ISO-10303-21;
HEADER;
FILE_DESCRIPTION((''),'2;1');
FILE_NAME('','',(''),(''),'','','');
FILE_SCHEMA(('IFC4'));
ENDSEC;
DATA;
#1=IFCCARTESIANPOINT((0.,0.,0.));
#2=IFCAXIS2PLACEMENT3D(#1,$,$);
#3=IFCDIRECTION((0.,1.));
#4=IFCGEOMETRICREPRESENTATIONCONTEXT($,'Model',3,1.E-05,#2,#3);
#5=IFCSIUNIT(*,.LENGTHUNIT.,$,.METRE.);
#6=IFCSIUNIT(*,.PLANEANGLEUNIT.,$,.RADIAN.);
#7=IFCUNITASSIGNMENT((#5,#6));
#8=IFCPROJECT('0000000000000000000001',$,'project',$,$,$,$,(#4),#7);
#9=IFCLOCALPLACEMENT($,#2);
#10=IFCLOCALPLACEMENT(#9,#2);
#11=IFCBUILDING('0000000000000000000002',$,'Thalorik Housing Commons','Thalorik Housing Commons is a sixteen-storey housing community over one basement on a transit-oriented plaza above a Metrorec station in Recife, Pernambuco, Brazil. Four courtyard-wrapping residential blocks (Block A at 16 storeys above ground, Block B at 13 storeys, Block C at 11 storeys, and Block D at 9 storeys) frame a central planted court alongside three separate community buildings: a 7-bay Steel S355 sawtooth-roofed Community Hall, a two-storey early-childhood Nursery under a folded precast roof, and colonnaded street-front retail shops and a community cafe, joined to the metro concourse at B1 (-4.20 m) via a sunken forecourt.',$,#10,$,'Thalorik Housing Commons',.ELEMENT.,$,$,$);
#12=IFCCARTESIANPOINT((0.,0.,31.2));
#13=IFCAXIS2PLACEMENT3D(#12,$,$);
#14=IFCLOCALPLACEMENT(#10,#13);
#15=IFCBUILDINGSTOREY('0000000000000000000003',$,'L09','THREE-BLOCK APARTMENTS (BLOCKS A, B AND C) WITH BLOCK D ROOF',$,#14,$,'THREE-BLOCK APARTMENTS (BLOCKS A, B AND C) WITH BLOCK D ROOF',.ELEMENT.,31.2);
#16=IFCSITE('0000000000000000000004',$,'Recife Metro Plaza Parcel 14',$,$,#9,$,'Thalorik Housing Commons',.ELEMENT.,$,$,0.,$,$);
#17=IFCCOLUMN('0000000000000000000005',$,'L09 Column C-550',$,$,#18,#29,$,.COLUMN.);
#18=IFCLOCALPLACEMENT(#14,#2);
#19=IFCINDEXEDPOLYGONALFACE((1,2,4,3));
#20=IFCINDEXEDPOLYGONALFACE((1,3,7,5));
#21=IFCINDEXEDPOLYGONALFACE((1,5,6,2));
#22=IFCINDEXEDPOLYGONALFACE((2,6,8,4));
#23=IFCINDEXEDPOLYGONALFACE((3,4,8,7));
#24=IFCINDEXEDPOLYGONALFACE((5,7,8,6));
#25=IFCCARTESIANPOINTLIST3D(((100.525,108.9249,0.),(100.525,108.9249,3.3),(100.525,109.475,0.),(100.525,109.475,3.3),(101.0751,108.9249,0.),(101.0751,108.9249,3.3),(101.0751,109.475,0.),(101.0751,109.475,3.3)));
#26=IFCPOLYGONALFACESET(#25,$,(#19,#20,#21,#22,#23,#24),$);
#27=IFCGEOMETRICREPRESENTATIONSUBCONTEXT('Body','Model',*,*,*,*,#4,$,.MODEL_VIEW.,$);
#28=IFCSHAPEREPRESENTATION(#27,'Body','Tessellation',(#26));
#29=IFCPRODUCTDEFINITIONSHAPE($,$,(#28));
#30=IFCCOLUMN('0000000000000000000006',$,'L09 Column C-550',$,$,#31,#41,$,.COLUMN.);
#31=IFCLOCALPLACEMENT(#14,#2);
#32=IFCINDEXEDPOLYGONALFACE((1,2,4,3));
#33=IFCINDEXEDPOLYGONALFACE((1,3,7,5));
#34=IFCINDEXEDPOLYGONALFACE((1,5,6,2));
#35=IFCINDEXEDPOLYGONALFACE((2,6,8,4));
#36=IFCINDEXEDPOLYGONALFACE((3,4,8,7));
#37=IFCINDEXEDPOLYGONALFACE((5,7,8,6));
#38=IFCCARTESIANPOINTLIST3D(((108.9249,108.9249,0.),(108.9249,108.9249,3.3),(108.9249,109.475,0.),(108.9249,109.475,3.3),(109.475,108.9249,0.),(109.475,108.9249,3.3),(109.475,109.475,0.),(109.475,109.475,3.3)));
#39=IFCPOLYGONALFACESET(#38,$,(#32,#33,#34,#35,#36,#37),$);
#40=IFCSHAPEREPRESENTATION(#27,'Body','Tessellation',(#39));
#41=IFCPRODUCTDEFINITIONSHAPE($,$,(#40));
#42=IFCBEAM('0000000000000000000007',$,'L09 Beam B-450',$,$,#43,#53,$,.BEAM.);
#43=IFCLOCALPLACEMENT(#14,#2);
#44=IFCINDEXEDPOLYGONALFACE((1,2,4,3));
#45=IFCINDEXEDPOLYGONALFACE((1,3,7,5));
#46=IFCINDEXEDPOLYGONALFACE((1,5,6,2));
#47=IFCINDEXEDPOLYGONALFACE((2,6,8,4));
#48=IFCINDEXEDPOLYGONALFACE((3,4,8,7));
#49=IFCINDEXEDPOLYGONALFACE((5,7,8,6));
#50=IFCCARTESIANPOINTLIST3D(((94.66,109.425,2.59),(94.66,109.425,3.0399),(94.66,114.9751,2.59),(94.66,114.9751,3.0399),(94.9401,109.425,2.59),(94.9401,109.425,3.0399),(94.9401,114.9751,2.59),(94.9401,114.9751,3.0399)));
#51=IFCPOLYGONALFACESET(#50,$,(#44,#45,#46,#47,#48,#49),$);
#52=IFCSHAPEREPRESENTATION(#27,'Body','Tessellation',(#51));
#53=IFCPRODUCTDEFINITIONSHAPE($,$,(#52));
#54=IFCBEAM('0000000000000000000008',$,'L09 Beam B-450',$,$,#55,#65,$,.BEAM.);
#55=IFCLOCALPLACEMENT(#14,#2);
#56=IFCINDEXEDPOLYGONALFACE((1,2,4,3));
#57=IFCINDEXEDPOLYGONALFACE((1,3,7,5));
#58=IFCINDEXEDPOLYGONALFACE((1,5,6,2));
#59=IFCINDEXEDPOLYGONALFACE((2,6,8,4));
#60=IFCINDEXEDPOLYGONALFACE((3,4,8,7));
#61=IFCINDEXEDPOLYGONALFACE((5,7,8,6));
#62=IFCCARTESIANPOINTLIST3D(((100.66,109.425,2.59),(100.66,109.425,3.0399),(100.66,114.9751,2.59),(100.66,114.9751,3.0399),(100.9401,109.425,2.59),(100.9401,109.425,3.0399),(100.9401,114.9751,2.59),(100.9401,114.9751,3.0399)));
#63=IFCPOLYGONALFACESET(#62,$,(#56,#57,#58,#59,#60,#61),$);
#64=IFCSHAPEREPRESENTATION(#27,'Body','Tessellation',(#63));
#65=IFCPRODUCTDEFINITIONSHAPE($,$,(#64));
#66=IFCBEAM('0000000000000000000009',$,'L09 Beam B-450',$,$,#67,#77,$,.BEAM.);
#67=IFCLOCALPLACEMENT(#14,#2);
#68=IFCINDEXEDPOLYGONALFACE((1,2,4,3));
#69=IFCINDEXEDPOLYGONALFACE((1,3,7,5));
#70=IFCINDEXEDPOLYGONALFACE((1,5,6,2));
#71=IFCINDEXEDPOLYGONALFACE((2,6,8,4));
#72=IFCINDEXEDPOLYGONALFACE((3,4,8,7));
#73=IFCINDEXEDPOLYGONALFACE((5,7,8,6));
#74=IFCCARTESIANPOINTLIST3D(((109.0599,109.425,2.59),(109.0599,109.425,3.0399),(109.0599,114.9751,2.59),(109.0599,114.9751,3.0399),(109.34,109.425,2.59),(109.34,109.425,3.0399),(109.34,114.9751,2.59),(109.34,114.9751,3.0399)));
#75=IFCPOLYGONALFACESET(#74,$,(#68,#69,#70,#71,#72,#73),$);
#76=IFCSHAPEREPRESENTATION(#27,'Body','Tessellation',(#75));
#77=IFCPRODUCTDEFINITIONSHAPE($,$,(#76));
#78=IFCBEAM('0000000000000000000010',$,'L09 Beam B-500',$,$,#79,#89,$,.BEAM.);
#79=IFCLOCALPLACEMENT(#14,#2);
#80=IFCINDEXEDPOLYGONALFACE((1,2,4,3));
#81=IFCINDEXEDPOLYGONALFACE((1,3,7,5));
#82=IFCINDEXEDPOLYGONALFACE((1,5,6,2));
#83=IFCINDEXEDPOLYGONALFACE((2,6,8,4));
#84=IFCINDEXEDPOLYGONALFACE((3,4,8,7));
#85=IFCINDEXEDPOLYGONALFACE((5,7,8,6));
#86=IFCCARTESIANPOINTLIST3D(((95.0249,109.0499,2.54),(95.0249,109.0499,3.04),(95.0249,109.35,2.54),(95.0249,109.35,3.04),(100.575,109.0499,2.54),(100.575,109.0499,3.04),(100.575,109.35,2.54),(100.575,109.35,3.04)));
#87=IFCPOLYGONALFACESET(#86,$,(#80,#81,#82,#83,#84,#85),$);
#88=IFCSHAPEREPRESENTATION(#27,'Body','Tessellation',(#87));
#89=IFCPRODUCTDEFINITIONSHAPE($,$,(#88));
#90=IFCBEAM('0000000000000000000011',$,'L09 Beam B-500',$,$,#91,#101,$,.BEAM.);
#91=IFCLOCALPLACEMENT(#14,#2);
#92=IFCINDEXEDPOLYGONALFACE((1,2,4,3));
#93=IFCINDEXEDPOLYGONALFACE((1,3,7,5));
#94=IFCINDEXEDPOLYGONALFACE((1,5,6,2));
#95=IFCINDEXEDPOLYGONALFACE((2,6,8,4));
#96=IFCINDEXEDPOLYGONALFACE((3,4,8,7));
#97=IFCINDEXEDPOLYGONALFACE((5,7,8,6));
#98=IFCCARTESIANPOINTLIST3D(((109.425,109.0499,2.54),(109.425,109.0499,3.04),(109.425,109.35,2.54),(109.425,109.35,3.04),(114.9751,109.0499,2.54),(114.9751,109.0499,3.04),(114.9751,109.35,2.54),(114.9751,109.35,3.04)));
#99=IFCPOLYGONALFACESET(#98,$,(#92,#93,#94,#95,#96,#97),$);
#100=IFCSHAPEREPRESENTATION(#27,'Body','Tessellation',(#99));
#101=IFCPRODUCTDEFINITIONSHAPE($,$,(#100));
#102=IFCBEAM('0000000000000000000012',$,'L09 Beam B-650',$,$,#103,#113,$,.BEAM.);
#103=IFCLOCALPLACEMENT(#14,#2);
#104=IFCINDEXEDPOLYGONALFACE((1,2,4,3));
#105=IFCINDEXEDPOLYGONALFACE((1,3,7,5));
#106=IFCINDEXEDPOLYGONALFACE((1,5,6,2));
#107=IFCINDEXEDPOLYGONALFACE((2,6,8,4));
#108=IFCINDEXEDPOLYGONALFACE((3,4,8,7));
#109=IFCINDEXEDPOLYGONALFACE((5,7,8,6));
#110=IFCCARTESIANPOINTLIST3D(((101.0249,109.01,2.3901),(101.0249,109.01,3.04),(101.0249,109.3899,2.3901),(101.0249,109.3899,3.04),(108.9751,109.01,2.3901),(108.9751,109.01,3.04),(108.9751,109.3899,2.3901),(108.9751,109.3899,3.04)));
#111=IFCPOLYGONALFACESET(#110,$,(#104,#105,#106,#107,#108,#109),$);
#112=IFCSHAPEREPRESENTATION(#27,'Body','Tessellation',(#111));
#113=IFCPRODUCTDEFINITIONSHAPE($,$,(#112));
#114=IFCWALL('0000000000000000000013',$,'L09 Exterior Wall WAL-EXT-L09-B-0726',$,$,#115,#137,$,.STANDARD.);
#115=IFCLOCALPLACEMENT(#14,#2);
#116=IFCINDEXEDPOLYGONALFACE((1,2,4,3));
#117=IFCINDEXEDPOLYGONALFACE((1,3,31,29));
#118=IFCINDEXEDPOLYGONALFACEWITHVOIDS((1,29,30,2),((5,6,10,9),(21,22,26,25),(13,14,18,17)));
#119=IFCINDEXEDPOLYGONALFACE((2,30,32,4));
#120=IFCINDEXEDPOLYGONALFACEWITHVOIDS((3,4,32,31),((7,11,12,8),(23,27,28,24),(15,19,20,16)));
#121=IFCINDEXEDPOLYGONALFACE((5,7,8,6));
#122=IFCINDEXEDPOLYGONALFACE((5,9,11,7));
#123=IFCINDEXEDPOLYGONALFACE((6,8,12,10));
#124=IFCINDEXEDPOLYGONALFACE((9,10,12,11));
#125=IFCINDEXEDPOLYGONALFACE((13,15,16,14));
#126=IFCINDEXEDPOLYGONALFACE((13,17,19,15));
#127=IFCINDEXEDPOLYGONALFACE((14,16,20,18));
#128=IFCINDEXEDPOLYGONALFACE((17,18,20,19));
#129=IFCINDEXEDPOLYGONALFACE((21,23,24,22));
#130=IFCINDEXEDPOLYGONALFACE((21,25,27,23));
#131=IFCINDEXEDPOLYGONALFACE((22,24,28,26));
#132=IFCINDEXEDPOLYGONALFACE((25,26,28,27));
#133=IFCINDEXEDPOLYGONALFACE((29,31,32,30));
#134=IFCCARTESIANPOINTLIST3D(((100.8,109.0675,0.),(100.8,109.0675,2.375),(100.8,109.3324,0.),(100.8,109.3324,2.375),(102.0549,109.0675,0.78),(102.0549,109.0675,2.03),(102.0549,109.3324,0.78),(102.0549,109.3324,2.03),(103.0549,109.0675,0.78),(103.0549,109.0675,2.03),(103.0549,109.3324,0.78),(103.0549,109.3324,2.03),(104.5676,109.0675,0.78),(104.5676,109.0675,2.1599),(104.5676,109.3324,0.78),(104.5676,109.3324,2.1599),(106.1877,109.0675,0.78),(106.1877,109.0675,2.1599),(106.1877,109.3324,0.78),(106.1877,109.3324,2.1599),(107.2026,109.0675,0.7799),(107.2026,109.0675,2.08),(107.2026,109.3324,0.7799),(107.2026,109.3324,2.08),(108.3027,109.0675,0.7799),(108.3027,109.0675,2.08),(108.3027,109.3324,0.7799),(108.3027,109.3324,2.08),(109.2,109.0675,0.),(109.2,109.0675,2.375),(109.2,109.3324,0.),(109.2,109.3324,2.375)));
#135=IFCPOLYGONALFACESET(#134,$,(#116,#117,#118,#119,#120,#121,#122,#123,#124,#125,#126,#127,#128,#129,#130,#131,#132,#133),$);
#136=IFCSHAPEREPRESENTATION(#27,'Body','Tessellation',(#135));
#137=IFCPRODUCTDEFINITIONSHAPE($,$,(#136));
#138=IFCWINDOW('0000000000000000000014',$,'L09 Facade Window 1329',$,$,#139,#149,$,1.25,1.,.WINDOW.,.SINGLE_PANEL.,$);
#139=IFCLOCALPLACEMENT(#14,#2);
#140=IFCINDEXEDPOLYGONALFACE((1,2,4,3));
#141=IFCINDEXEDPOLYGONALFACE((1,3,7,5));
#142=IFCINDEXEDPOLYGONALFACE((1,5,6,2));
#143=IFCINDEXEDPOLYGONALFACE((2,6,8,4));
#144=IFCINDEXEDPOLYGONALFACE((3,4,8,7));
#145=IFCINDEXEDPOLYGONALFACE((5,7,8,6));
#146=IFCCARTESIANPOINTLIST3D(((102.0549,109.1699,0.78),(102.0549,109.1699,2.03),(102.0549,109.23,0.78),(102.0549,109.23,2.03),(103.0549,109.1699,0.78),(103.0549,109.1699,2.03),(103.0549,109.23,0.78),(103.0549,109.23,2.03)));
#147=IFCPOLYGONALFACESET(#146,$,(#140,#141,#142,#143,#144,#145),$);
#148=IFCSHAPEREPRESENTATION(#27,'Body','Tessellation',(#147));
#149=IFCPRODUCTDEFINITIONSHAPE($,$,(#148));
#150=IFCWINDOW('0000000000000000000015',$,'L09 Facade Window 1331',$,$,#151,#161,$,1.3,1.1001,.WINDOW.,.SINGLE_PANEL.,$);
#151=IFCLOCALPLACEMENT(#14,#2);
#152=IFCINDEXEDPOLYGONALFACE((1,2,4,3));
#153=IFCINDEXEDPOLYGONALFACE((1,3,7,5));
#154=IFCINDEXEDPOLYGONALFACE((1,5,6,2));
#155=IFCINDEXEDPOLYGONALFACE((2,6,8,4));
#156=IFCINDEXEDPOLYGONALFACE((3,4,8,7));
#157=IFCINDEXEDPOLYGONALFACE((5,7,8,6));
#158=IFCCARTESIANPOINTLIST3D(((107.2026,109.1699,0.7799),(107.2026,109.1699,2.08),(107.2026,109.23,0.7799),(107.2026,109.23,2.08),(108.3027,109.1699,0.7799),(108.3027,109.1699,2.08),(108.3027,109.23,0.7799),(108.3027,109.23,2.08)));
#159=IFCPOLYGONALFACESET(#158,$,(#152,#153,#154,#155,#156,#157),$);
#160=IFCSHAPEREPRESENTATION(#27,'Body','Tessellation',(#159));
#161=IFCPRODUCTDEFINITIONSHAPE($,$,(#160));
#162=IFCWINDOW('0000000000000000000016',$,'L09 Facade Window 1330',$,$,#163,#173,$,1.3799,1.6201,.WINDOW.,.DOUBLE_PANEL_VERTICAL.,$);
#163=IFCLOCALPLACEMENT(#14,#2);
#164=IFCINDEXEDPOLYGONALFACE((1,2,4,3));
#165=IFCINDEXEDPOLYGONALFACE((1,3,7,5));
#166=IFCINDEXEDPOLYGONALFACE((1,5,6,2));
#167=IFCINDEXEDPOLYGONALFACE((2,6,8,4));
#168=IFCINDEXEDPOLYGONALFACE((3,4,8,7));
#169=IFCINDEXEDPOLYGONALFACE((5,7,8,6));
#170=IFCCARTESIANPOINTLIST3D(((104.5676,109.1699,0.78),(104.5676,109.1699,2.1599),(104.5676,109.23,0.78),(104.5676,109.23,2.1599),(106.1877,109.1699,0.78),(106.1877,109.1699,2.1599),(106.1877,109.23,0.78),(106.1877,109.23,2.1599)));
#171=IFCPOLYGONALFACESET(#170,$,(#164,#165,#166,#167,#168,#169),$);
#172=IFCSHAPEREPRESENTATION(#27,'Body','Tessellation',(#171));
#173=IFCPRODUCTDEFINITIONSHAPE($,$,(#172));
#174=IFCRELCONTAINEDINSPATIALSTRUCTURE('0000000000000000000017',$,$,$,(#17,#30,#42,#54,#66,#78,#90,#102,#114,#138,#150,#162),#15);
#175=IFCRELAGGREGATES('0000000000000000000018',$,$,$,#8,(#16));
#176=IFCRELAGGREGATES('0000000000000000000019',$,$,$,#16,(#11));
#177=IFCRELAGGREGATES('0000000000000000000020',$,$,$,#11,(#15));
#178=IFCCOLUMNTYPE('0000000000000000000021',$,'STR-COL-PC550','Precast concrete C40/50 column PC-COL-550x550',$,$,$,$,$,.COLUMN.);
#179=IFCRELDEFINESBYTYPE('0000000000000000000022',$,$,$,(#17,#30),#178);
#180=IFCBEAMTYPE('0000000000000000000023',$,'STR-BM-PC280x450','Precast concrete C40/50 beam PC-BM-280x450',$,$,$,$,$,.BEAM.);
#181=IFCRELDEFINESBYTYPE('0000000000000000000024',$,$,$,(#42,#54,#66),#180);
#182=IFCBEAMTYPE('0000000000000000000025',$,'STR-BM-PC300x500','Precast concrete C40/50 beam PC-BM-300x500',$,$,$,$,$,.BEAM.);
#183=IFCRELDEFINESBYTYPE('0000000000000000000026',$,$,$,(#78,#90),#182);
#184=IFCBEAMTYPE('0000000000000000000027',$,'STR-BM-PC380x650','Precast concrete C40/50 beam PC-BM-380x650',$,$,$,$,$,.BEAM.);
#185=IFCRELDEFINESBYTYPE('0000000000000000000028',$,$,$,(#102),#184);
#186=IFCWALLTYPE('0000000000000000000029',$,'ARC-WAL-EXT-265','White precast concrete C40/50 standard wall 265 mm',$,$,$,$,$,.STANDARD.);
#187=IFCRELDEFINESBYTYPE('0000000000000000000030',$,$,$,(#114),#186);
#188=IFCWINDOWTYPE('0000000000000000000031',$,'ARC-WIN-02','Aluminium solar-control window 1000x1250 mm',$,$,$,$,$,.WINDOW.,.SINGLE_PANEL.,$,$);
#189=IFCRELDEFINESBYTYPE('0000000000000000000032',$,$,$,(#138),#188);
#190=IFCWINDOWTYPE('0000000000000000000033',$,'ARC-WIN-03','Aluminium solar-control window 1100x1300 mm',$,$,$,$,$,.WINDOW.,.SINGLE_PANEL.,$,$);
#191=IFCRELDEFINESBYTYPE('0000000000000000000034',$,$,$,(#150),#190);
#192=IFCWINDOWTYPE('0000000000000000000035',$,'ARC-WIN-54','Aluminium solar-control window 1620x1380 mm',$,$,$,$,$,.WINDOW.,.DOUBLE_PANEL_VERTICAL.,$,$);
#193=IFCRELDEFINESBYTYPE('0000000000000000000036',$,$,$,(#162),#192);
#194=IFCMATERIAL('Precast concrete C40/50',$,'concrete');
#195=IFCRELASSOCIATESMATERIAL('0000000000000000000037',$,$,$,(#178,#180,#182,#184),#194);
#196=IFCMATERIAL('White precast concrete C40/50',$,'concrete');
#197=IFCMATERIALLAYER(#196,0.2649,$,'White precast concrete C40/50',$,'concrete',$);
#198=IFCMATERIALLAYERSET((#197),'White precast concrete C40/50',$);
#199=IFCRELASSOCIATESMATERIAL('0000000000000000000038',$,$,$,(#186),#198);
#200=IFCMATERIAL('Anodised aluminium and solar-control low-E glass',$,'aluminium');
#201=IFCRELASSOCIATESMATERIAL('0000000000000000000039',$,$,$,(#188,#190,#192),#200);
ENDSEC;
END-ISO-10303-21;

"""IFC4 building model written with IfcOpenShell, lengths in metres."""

from ifc_helpers import new_model, si_unit, direction, frame, frame_2d, origin, origin_2d, place, context, subcontext, project, spatial, rectangle, extrude, material, layer, layer_set, material_profile, profile_set, type_object, element, fill, save


model = new_model("IFC4")

# Units and contexts
model_context = context("Model", 3, precision=1e-05, world=origin(), true_north=direction((0.0, 1.0)))
body_context = subcontext(model_context, "Body", "Model", "MODEL_VIEW")
ifc_project = project(units=[si_unit("LENGTHUNIT", "METRE"), si_unit("PLANEANGLEUNIT", "RADIAN")], contexts=[model_context])

# Site, building, storey
site_placement = place(None, origin())
site = spatial("IfcSite", under=ifc_project, at=site_placement, Name="Recife Metro Plaza Parcel 14", LongName="Thalorik Housing Commons", CompositionType="ELEMENT", RefElevation=0.0)
building_placement = place(site_placement, origin())
building = spatial("IfcBuilding", under=site, at=building_placement, Name="Thalorik Housing Commons", Description="Thalorik Housing Commons is a sixteen-storey housing community over one basement on a transit-oriented plaza above a Metrorec station in Recife, Pernambuco, Brazil. Four courtyard-wrapping residential blocks (Block A at 16 storeys above ground, Block B at 13 storeys, Block C at 11 storeys, and Block D at 9 storeys) frame a central planted court alongside three separate community buildings: a 7-bay Steel S355 sawtooth-roofed Community Hall, a two-storey early-childhood Nursery under a folded precast roof, and colonnaded street-front retail shops and a community cafe, joined to the metro concourse at B1 (-4.20 m) via a sunken forecourt.", LongName="Thalorik Housing Commons", CompositionType="ELEMENT")
storey_placement = place(building_placement, frame((0.0, 0.0, 31.2)))
storey = spatial("IfcBuildingStorey", under=building, at=storey_placement, Name="L09", Description="THREE-BLOCK APARTMENTS (BLOCKS A, B AND C) WITH BLOCK D ROOF", LongName="THREE-BLOCK APARTMENTS (BLOCKS A, B AND C) WITH BLOCK D ROOF", CompositionType="ELEMENT", Elevation=31.2)

# Columns
ifc_material_1 = material(Name="Precast concrete C40/50", Category="concrete")
ifc_material_profile_1 = material_profile(ifc_material_1, rectangle(XDim=0.55, YDim=0.55, at=origin_2d()), Name="PC 550x550", Category="concrete")
ifc_profile_set_1 = profile_set([ifc_material_profile_1], Name="Precast concrete C40/50")
column_type = type_object("IfcColumnType", Name="STR-COL-PC550", Description="Precast concrete C40/50 column PC-COL-550x550", PredefinedType="COLUMN", material=ifc_profile_set_1)
for number, where, z_axis, x_axis, name in (
    (1, (100.8, 109.2, 0.0), (0.0, 0.0, 1.0), (1.0, 0.0, 0.0), "L09 Column C-550"),
    (2, (109.2, 109.2, 0.0), (0.0, 0.0, 1.0), (1.0, 0.0, 0.0), "L09 Column C-550"),
):
    element("IfcColumn", number, at=place(storey_placement, frame(where, z_axis=z_axis, x_axis=x_axis)), inside=storey, type_object=column_type, Name=name, PredefinedType="COLUMN", context=body_context, shape_type="SweptSolid", body=[
        extrude(rectangle(XDim=0.55, YDim=0.55, at=origin_2d()), origin(), (0.0, 0.0, 1.0), 3.3),
    ])

# Beams
ifc_material_profile_2 = material_profile(ifc_material_1, rectangle(XDim=0.28, YDim=0.45, at=origin_2d()), Name="PC 280x450", Category="concrete")
ifc_profile_set_2 = profile_set([ifc_material_profile_2], Name="Precast concrete C40/50")
beam_type_1 = type_object("IfcBeamType", Name="STR-BM-PC280x450", Description="Precast concrete C40/50 beam PC-BM-280x450", PredefinedType="BEAM", material=ifc_profile_set_2)
for number, where, z_axis, x_axis, name in (
    (3, (94.8, 109.425, 2.8149), (0.0, 1.0, 0.0), (-1.0, 0.0, 0.0), "L09 Beam B-450"),
    (4, (100.8, 109.425, 2.8149), (0.0, 1.0, 0.0), (-1.0, 0.0, 0.0), "L09 Beam B-450"),
    (5, (109.2, 109.425, 2.8149), (0.0, 1.0, 0.0), (-1.0, 0.0, 0.0), "L09 Beam B-450"),
):
    element("IfcBeam", number, at=place(storey_placement, frame(where, z_axis=z_axis, x_axis=x_axis)), inside=storey, type_object=beam_type_1, Name=name, PredefinedType="BEAM", context=body_context, shape_type="SweptSolid", body=[
        extrude(rectangle(XDim=0.28, YDim=0.45, at=origin_2d()), origin(), (0.0, 0.0, 1.0), 5.55),
    ])
ifc_material_profile_3 = material_profile(ifc_material_1, rectangle(XDim=0.3, YDim=0.5, at=origin_2d()), Name="PC 300x500", Category="concrete")
ifc_profile_set_3 = profile_set([ifc_material_profile_3], Name="Precast concrete C40/50")
beam_type_2 = type_object("IfcBeamType", Name="STR-BM-PC300x500", Description="Precast concrete C40/50 beam PC-BM-300x500", PredefinedType="BEAM", material=ifc_profile_set_3)
for number, where, z_axis, x_axis, name in (
    (6, (95.0249, 109.2, 2.79), (1.0, 0.0, 0.0), (0.0, 1.0, 0.0), "L09 Beam B-500"),
    (7, (109.425, 109.2, 2.79), (1.0, 0.0, 0.0), (0.0, 1.0, 0.0), "L09 Beam B-500"),
):
    element("IfcBeam", number, at=place(storey_placement, frame(where, z_axis=z_axis, x_axis=x_axis)), inside=storey, type_object=beam_type_2, Name=name, PredefinedType="BEAM", context=body_context, shape_type="SweptSolid", body=[
        extrude(rectangle(XDim=0.3, YDim=0.5, at=origin_2d()), origin(), (0.0, 0.0, 1.0), 5.55),
    ])
ifc_material_profile_4 = material_profile(ifc_material_1, rectangle(XDim=0.3799, YDim=0.6499, at=origin_2d()), Name="PC 380x650", Category="concrete")
ifc_profile_set_4 = profile_set([ifc_material_profile_4], Name="Precast concrete C40/50")
beam_type_3 = type_object("IfcBeamType", Name="STR-BM-PC380x650", Description="Precast concrete C40/50 beam PC-BM-380x650", PredefinedType="BEAM", material=ifc_profile_set_4)
beam_placement = place(storey_placement, frame((101.0249, 109.2, 2.7151), z_axis=(1.0, 0.0, 0.0), x_axis=(0.0, 1.0, 0.0)))
element("IfcBeam", 8, at=beam_placement, inside=storey, type_object=beam_type_3, Name="L09 Beam B-650", PredefinedType="BEAM", context=body_context, shape_type="SweptSolid", body=[
    extrude(rectangle(XDim=0.3799, YDim=0.6499, at=origin_2d()), origin(), (0.0, 0.0, 1.0), 7.9502),
])

# Wall, openings, windows
ifc_material_2 = material(Name="White precast concrete C40/50", Category="concrete")
ifc_layer_1 = layer(ifc_material_2, 0.2649, Name="White precast concrete C40/50", Category="concrete")
ifc_layer_set_1 = layer_set([ifc_layer_1], Name="White precast concrete C40/50")
wall_type_1 = type_object("IfcWallType", Name="ARC-WAL-EXT-265", Description="White precast concrete C40/50 standard wall 265 mm", PredefinedType="STANDARD", material=ifc_layer_set_1)
wall_1_placement = place(storey_placement, frame((100.8, 109.2, 0.0), z_axis=(0.0, 0.0, 1.0), x_axis=(1.0, 0.0, 0.0)))
wall_1 = element("IfcWall", 9, at=wall_1_placement, inside=storey, type_object=wall_type_1, Name="L09 Exterior Wall WAL-EXT-L09-B-0726", PredefinedType="STANDARD", context=body_context, shape_type="SweptSolid", body=[
    extrude(rectangle(XDim=8.3999, YDim=0.2649, at=frame_2d((4.2, 0.0))), origin(), (0.0, 0.0, 1.0), 2.375),
])
opening_1_placement = place(wall_1_placement, frame((1.2549, 0.0, 0.78)))
opening_1 = element("IfcOpeningElement", 10, at=opening_1_placement, cuts=wall_1, PredefinedType="OPENING", context=body_context, shape_type="SweptSolid", body=[
    extrude(rectangle(XDim=1.0, YDim=1.25, at=frame_2d((0.5, 0.625))), frame((0.0, 0.1426, 0.0), z_axis=(0.0, -1.0, 0.0), x_axis=(1.0, 0.0, 0.0)), (0.0, 0.0, 1.0), 0.2849),
])
opening_2_placement = place(wall_1_placement, frame((3.7676, 0.0, 0.78)))
opening_2 = element("IfcOpeningElement", 11, at=opening_2_placement, cuts=wall_1, PredefinedType="OPENING", context=body_context, shape_type="SweptSolid", body=[
    extrude(rectangle(XDim=1.6201, YDim=1.3799, at=frame_2d((0.8101, 0.6899))), frame((0.0, 0.1426, 0.0), z_axis=(0.0, -1.0, 0.0), x_axis=(1.0, 0.0, 0.0)), (0.0, 0.0, 1.0), 0.2849),
])
opening_3_placement = place(wall_1_placement, frame((6.4026, 0.0, 0.78)))
opening_3 = element("IfcOpeningElement", 12, at=opening_3_placement, cuts=wall_1, PredefinedType="OPENING", context=body_context, shape_type="SweptSolid", body=[
    extrude(rectangle(XDim=1.1001, YDim=1.3, at=frame_2d((0.55, 0.6499))), frame((0.0, 0.1426, 0.0), z_axis=(0.0, -1.0, 0.0), x_axis=(1.0, 0.0, 0.0)), (0.0, 0.0, 1.0), 0.2849),
])
ifc_material_3 = material(Name="Anodised aluminium and solar-control low-E glass", Category="aluminium")
window_type_1 = type_object("IfcWindowType", Name="ARC-WIN-02", Description="Aluminium solar-control window 1000x1250 mm", PartitioningType="SINGLE_PANEL", PredefinedType="WINDOW", material=ifc_material_3)
window_1_placement = place(opening_1_placement, origin())
window_1 = element("IfcWindow", 13, at=window_1_placement, inside=storey, type_object=window_type_1, Name="L09 Facade Window 1329", OverallHeight=1.25, OverallWidth=1.0, PartitioningType="SINGLE_PANEL", PredefinedType="WINDOW", context=body_context, shape_type="SweptSolid", body=[
    extrude(rectangle(XDim=1.0, YDim=1.25, at=frame_2d((0.5, 0.625))), frame((0.0, 0.03, 0.0), z_axis=(0.0, -1.0, 0.0), x_axis=(1.0, 0.0, 0.0)), (0.0, 0.0, 1.0), 0.0601),
])
fill(opening_1, window_1)
window_type_2 = type_object("IfcWindowType", Name="ARC-WIN-03", Description="Aluminium solar-control window 1100x1300 mm", PartitioningType="SINGLE_PANEL", PredefinedType="WINDOW", material=ifc_material_3)
window_2_placement = place(opening_3_placement, origin())
window_2 = element("IfcWindow", 14, at=window_2_placement, inside=storey, type_object=window_type_2, Name="L09 Facade Window 1331", OverallHeight=1.3, OverallWidth=1.1001, PartitioningType="SINGLE_PANEL", PredefinedType="WINDOW", context=body_context, shape_type="SweptSolid", body=[
    extrude(rectangle(XDim=1.1001, YDim=1.3, at=frame_2d((0.55, 0.6499))), frame((0.0, 0.03, 0.0), z_axis=(0.0, -1.0, 0.0), x_axis=(1.0, 0.0, 0.0)), (0.0, 0.0, 1.0), 0.0601),
])
fill(opening_3, window_2)
window_type_3 = type_object("IfcWindowType", Name="ARC-WIN-54", Description="Aluminium solar-control window 1620x1380 mm", PartitioningType="DOUBLE_PANEL_VERTICAL", PredefinedType="WINDOW", material=ifc_material_3)
window_3_placement = place(opening_2_placement, origin())
window_3 = element("IfcWindow", 15, at=window_3_placement, inside=storey, type_object=window_type_3, Name="L09 Facade Window 1330", OverallHeight=1.3799, OverallWidth=1.6201, PartitioningType="DOUBLE_PANEL_VERTICAL", PredefinedType="WINDOW", context=body_context, shape_type="SweptSolid", body=[
    extrude(rectangle(XDim=1.6201, YDim=1.3799, at=frame_2d((0.8101, 0.6899))), frame((0.0, 0.03, 0.0), z_axis=(0.0, -1.0, 0.0), x_axis=(1.0, 0.0, 0.0)), (0.0, 0.0, 1.0), 0.0601),
])
fill(opening_2, window_3)

save(model, "model.ifc")
